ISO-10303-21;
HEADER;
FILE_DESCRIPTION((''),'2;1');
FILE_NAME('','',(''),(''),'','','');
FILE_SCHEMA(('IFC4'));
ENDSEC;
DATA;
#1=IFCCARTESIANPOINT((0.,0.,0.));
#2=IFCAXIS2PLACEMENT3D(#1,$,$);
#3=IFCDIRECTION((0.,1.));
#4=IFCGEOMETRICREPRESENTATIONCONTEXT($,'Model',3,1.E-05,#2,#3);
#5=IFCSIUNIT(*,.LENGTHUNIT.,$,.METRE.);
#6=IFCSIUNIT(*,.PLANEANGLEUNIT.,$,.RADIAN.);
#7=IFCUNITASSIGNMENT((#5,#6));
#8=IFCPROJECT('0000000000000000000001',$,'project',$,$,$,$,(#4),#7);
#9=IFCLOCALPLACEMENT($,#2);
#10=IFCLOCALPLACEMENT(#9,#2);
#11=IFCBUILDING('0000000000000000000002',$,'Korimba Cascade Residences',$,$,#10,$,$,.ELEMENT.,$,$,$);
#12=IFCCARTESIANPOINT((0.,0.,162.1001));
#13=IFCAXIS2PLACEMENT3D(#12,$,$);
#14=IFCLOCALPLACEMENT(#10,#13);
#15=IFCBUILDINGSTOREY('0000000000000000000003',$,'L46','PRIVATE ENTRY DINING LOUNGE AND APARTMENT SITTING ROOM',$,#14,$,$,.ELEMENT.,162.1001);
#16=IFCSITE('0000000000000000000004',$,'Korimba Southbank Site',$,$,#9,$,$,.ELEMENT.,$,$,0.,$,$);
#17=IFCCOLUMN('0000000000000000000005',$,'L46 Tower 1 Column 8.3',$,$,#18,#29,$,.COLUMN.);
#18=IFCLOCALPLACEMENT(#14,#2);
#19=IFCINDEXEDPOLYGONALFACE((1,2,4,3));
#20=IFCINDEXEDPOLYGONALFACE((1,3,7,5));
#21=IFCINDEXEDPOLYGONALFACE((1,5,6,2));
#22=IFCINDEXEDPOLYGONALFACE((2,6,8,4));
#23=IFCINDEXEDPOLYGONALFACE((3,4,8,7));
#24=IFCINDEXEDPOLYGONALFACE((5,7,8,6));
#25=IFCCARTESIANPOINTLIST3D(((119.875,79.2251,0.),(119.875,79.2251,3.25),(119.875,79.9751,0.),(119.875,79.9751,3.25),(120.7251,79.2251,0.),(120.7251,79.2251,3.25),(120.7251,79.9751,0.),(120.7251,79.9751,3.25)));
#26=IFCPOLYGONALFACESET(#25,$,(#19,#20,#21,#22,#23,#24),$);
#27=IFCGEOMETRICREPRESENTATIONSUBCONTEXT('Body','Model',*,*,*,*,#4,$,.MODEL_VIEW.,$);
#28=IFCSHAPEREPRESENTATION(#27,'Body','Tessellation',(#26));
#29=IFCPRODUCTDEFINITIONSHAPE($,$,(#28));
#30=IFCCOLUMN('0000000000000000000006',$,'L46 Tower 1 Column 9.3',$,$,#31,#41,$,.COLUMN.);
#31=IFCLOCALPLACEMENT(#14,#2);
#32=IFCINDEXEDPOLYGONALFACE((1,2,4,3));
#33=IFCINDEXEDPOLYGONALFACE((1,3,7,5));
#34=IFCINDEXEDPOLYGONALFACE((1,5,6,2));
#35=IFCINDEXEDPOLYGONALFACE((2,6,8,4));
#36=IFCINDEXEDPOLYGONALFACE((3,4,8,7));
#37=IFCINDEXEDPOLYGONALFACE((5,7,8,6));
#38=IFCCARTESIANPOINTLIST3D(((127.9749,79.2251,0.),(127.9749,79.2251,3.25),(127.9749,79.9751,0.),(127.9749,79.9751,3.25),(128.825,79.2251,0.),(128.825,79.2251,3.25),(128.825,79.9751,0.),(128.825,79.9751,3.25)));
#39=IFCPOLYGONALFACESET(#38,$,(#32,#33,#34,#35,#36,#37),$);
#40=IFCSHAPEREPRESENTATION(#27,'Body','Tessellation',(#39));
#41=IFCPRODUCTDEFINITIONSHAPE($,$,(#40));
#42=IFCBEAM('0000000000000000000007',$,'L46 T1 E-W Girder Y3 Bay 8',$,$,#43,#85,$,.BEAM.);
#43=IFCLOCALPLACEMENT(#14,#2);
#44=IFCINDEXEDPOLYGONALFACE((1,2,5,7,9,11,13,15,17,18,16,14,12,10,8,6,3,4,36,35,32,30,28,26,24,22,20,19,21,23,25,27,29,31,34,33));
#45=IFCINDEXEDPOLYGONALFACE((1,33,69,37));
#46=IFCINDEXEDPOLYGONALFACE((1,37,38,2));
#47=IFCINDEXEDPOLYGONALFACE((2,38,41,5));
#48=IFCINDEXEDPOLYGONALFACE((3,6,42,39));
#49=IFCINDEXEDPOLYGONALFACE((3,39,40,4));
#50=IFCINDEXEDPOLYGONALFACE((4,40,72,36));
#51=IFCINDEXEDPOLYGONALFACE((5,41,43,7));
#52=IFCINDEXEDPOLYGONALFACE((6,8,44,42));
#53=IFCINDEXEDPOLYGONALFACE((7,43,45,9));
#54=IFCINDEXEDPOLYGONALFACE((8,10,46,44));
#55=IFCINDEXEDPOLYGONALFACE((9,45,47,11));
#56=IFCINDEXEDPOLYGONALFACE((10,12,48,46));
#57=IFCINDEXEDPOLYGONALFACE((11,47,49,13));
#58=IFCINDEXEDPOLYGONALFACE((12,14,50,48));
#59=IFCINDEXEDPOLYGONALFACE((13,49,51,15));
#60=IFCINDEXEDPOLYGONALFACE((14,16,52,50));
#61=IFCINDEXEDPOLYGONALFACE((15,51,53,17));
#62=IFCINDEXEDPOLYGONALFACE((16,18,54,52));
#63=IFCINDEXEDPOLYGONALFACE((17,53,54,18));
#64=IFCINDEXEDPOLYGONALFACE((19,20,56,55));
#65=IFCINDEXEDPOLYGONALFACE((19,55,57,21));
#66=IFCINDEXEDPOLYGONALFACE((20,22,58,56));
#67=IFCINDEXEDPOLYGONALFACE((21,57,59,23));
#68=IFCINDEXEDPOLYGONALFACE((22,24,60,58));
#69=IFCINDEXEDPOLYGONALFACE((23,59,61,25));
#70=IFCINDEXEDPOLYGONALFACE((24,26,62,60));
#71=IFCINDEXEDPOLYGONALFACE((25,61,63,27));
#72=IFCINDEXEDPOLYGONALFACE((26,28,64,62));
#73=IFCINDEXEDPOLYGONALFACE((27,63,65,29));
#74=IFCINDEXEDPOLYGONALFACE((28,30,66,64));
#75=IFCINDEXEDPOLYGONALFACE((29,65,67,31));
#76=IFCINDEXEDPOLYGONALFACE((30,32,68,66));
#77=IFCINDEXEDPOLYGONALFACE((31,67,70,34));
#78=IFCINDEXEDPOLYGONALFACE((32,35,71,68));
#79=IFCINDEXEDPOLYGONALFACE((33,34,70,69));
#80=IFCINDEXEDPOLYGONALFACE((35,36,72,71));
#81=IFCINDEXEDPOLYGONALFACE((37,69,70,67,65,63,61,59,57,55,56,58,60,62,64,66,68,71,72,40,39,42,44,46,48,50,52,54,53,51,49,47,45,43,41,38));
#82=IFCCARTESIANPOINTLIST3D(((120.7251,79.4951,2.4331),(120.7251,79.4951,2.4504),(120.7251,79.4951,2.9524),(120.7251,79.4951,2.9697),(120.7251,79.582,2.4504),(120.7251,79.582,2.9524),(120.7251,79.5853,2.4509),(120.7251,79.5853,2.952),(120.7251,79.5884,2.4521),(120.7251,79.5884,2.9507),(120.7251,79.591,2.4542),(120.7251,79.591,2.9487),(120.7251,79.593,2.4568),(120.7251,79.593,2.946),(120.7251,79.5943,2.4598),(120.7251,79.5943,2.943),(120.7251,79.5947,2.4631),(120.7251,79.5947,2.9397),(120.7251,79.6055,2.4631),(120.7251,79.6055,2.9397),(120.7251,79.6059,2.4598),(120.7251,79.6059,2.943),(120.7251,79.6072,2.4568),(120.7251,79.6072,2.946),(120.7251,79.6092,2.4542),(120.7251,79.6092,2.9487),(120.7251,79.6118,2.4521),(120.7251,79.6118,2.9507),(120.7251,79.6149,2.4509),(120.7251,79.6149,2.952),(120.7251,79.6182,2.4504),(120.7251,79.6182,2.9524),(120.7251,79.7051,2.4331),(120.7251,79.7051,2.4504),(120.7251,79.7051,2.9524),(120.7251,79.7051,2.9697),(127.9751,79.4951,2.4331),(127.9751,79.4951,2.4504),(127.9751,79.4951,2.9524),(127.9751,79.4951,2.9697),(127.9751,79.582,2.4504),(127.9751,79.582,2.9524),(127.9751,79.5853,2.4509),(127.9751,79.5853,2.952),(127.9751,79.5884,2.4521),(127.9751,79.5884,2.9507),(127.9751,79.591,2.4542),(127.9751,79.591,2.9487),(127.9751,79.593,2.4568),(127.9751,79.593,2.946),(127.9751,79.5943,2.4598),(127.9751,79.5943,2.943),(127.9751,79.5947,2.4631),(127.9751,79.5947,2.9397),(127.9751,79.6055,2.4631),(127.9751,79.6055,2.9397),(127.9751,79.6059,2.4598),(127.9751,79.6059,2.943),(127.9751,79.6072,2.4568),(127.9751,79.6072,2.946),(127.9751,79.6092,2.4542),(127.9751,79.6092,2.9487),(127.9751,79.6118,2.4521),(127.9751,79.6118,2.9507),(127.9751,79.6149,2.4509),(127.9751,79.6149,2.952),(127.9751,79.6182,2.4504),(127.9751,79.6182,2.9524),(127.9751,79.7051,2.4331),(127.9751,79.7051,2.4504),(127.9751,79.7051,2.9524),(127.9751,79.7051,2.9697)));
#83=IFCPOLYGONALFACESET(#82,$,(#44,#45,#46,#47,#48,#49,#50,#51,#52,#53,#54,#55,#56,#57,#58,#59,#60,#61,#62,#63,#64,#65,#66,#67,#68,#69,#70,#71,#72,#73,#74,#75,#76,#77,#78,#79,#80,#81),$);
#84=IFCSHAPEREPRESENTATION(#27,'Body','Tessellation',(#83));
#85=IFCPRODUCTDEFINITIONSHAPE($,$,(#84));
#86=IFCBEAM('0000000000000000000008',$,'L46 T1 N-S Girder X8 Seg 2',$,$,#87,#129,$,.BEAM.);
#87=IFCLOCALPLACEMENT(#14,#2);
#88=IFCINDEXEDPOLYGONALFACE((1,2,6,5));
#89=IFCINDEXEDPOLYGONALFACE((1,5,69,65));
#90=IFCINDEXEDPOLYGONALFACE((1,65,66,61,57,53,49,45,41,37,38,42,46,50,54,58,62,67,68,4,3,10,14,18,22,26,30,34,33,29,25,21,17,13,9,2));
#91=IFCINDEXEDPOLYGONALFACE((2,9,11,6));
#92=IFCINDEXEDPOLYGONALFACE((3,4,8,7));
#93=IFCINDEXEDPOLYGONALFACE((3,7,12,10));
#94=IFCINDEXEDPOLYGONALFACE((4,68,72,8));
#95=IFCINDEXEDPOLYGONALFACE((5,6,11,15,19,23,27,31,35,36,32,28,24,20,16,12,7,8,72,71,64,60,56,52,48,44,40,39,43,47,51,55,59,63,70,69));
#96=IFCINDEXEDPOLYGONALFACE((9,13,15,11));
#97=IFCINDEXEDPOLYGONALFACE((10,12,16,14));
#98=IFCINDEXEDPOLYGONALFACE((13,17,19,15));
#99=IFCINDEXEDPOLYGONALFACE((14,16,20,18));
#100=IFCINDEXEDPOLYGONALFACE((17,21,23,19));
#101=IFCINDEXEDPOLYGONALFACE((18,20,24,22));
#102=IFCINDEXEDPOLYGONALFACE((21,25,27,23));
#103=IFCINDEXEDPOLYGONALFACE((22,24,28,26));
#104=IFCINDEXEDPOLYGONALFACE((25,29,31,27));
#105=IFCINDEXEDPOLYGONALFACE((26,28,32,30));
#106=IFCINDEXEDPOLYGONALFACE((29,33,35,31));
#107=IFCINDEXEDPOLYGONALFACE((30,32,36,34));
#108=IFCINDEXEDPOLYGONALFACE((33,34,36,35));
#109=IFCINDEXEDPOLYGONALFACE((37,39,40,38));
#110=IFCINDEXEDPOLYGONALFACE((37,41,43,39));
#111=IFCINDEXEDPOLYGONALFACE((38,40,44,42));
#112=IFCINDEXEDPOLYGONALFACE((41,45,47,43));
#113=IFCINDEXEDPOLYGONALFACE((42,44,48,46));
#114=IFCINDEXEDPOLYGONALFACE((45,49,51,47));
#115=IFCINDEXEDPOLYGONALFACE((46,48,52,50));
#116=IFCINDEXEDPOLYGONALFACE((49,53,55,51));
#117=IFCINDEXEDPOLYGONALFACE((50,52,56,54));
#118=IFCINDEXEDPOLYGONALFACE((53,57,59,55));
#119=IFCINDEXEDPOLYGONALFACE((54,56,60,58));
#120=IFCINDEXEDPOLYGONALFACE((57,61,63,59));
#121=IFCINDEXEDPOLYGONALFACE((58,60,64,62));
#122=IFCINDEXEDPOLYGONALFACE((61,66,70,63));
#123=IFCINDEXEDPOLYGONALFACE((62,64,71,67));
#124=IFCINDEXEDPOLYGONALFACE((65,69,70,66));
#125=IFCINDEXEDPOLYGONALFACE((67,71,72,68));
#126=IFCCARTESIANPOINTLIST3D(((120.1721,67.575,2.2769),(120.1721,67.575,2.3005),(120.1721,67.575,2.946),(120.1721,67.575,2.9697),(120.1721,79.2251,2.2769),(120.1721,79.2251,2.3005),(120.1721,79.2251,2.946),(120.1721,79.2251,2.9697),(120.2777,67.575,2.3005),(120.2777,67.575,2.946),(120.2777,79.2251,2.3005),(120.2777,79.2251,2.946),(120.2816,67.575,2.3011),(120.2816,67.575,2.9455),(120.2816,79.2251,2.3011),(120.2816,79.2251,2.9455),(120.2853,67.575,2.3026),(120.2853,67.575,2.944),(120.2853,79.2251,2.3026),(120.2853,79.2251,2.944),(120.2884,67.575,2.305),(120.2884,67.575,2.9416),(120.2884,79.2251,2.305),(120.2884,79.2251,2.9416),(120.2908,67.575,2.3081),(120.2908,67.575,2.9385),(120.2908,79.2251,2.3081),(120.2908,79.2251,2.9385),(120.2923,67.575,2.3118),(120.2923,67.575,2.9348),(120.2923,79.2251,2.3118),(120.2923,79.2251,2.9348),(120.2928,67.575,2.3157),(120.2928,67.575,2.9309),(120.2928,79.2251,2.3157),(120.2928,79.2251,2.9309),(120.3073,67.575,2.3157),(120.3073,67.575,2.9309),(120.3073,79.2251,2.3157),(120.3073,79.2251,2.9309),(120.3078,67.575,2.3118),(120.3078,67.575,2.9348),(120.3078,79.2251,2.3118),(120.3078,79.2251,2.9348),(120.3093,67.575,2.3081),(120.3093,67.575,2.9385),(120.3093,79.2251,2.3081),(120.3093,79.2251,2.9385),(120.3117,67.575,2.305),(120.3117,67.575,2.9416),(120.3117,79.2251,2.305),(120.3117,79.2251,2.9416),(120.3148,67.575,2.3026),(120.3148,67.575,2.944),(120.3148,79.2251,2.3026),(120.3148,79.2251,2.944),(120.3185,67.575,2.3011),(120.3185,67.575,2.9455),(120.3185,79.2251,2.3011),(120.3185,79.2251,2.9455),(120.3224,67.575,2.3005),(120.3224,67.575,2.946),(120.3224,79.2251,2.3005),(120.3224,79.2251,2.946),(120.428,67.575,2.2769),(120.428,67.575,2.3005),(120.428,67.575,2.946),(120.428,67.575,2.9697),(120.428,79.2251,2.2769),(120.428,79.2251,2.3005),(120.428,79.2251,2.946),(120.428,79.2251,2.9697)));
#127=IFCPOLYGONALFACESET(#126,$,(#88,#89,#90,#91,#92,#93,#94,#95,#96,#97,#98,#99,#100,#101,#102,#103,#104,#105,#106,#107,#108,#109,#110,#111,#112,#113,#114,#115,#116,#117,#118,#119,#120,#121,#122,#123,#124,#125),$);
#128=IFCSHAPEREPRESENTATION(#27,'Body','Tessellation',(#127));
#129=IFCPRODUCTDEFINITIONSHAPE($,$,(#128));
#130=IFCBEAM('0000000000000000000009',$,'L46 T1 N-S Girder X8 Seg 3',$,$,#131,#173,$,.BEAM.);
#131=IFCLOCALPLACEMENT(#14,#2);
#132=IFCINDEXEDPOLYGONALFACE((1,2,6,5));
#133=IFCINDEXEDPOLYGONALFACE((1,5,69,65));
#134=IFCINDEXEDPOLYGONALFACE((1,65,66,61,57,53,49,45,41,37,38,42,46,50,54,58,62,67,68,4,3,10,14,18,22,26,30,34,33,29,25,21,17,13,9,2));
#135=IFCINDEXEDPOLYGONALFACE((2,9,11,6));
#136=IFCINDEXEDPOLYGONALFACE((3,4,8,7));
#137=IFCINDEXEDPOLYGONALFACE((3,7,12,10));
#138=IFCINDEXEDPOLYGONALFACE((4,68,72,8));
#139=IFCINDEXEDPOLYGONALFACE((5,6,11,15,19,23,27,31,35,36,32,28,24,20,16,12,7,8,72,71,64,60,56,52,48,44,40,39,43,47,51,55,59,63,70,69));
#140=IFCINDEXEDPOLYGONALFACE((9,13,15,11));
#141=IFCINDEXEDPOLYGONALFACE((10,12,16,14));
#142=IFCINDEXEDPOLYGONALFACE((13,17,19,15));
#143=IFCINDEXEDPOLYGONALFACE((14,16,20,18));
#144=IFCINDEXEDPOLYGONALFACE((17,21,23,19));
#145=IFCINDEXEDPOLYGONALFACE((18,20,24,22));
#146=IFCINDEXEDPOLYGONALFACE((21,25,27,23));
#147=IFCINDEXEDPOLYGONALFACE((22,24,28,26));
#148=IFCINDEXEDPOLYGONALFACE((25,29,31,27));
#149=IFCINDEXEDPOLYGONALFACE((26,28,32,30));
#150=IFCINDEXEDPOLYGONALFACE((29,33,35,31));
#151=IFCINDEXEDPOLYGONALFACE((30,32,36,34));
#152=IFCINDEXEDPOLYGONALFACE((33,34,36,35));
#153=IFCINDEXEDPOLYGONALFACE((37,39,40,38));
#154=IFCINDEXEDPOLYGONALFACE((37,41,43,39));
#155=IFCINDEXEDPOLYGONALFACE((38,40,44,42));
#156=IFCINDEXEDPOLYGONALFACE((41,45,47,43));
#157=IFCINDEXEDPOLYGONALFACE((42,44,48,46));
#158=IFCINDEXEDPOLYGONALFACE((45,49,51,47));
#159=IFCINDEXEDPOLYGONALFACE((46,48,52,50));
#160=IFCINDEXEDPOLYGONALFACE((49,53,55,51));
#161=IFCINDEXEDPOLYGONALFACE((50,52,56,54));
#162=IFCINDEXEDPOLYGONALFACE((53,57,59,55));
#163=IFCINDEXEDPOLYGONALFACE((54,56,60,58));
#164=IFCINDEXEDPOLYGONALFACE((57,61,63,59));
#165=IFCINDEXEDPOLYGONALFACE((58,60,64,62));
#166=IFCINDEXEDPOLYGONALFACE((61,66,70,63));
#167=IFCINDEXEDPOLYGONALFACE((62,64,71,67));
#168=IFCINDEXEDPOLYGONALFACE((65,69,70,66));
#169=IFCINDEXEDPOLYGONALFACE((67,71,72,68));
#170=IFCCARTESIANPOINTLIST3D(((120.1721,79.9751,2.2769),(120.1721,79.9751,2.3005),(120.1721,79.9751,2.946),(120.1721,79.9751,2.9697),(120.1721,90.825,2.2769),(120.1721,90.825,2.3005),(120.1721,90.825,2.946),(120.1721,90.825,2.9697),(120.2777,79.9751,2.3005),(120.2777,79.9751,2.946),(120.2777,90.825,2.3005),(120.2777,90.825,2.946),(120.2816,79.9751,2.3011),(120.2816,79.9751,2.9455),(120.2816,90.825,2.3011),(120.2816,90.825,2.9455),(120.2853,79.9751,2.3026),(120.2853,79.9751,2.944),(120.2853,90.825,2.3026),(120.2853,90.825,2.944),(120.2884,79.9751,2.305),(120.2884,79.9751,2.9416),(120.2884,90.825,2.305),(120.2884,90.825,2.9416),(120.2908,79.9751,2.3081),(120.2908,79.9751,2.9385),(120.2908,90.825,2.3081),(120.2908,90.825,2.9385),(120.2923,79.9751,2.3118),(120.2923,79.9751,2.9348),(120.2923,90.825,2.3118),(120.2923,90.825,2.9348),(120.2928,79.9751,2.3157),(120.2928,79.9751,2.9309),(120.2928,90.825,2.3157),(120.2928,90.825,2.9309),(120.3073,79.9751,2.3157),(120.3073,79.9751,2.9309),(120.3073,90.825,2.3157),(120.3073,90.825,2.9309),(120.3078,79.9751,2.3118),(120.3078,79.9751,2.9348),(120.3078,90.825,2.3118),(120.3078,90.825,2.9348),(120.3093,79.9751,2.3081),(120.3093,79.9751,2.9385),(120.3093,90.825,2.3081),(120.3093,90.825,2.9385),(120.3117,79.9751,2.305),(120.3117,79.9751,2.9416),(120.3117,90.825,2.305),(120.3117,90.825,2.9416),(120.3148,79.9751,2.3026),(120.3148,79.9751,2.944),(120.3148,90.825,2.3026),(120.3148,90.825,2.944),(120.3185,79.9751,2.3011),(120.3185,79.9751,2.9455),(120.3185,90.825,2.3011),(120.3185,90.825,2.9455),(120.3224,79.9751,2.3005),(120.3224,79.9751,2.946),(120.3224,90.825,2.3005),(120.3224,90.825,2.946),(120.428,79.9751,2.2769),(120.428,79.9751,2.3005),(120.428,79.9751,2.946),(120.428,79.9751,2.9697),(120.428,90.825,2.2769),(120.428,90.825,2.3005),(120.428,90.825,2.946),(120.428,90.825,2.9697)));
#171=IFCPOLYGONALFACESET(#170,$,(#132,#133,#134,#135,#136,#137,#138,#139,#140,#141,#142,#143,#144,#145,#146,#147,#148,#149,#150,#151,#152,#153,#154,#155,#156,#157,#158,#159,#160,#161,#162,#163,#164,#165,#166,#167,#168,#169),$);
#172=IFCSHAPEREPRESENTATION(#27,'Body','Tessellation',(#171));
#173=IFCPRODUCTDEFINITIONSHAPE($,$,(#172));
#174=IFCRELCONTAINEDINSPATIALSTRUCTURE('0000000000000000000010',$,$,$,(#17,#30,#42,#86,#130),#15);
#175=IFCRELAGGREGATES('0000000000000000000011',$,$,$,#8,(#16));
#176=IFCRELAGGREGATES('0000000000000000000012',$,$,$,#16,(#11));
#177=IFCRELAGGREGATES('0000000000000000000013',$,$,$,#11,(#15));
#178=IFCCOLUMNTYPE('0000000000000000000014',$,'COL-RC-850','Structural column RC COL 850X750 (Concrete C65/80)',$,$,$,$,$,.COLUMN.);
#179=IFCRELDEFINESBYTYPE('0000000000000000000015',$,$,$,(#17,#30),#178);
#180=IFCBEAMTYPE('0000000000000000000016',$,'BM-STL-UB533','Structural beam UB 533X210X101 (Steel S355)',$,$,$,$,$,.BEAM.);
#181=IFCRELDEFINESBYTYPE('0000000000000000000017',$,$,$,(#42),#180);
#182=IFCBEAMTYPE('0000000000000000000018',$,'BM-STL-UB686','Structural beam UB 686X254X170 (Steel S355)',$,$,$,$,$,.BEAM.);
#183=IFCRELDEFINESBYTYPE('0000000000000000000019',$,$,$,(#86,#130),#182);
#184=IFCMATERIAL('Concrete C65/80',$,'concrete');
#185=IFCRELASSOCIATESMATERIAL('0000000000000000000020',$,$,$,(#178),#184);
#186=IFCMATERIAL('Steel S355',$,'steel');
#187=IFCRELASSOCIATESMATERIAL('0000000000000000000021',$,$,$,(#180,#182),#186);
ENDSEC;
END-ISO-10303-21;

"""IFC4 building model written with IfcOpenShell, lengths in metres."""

from ifc_helpers import new_model, si_unit, direction, frame, origin, origin_2d, place, context, subcontext, project, spatial, rectangle, i_section, extrude, material, material_profile, profile_set, type_object, element, save


model = new_model("IFC4")

# Units and contexts
model_context = context("Model", 3, precision=1e-05, world=origin(), true_north=direction((0.0, 1.0)))
body_context = subcontext(model_context, "Body", "Model", "MODEL_VIEW")
ifc_project = project(units=[si_unit("LENGTHUNIT", "METRE"), si_unit("PLANEANGLEUNIT", "RADIAN")], contexts=[model_context])

# Site, building, storey
site_placement = place(None, origin())
site = spatial("IfcSite", under=ifc_project, at=site_placement, Name="Korimba Southbank Site", CompositionType="ELEMENT", RefElevation=0.0)
building_placement = place(site_placement, origin())
building = spatial("IfcBuilding", under=site, at=building_placement, Name="Korimba Cascade Residences", CompositionType="ELEMENT")
storey_placement = place(building_placement, frame((0.0, 0.0, 162.1001)))
storey = spatial("IfcBuildingStorey", under=building, at=storey_placement, Name="L46", Description="PRIVATE ENTRY DINING LOUNGE AND APARTMENT SITTING ROOM", CompositionType="ELEMENT", Elevation=162.1001)

# Columns
ifc_material_1 = material(Name="Concrete C65/80", Category="concrete")
ifc_material_profile_1 = material_profile(ifc_material_1, rectangle(XDim=0.8501, YDim=0.75, at=origin_2d()), Name="Concrete C65/80")
ifc_profile_set_1 = profile_set([ifc_material_profile_1], Name="Concrete C65/80")
column_type = type_object("IfcColumnType", Name="COL-RC-850", Description="Structural column RC COL 850X750 (Concrete C65/80)", PredefinedType="COLUMN", material=ifc_profile_set_1)
for number, where, z_axis, x_axis, name in (
    (1, (120.3, 79.6001, 0.0), (0.0, 0.0, 1.0), (1.0, 0.0, 0.0), "L46 Tower 1 Column 8.3"),
    (2, (128.3999, 79.6001, 0.0), (0.0, 0.0, 1.0), (1.0, 0.0, 0.0), "L46 Tower 1 Column 9.3"),
):
    element("IfcColumn", number, at=place(storey_placement, frame(where, z_axis=z_axis, x_axis=x_axis)), inside=storey, type_object=column_type, Name=name, PredefinedType="COLUMN", context=body_context, shape_type="SweptSolid", body=[
        extrude(rectangle(XDim=0.8501, YDim=0.75, at=origin_2d()), origin(), (0.0, 0.0, 1.0), 3.25),
    ])

# Beams
ifc_material_2 = material(Name="Steel S355", Category="steel")
ifc_material_profile_2 = material_profile(ifc_material_2, i_section(OverallWidth=0.21, OverallDepth=0.5366, WebThickness=0.0107, FlangeThickness=0.0173, FilletRadius=0.0127, at=origin_2d()), Name="Steel S355")
ifc_profile_set_2 = profile_set([ifc_material_profile_2], Name="Steel S355")
beam_type_1 = type_object("IfcBeamType", Name="BM-STL-UB533", Description="Structural beam UB 533X210X101 (Steel S355)", PredefinedType="BEAM", material=ifc_profile_set_2)
beam_1_placement = place(storey_placement, frame((120.7251, 79.6001, 2.7014), z_axis=(1.0, 0.0, 0.0), x_axis=(0.0, 1.0, 0.0)))
element("IfcBeam", 3, at=beam_1_placement, inside=storey, type_object=beam_type_1, Name="L46 T1 E-W Girder Y3 Bay 8", PredefinedType="BEAM", context=body_context, shape_type="SweptSolid", body=[
    extrude(i_section(OverallWidth=0.21, OverallDepth=0.5366, WebThickness=0.0107, FlangeThickness=0.0173, FilletRadius=0.0127, at=origin_2d()), origin(), (0.0, 0.0, 1.0), 7.25),
])
ifc_material_profile_3 = material_profile(ifc_material_2, i_section(OverallWidth=0.2559, OverallDepth=0.6929, WebThickness=0.0144, FlangeThickness=0.0237, FilletRadius=0.0151, at=origin_2d()), Name="Steel S355")
ifc_profile_set_3 = profile_set([ifc_material_profile_3], Name="Steel S355")
beam_type_2 = type_object("IfcBeamType", Name="BM-STL-UB686", Description="Structural beam UB 686X254X170 (Steel S355)", PredefinedType="BEAM", material=ifc_profile_set_3)
beam_2_placement = place(storey_placement, frame((120.3, 67.575, 2.6233), z_axis=(0.0, 1.0, 0.0), x_axis=(-1.0, 0.0, 0.0)))
element("IfcBeam", 4, at=beam_2_placement, inside=storey, type_object=beam_type_2, Name="L46 T1 N-S Girder X8 Seg 2", PredefinedType="BEAM", context=body_context, shape_type="SweptSolid", body=[
    extrude(i_section(OverallWidth=0.2559, OverallDepth=0.6929, WebThickness=0.0144, FlangeThickness=0.0237, FilletRadius=0.0151, at=origin_2d()), origin(), (0.0, 0.0, 1.0), 11.6501),
])
beam_3_placement = place(storey_placement, frame((120.3, 79.9751, 2.6233), z_axis=(0.0, 1.0, 0.0), x_axis=(-1.0, 0.0, 0.0)))
element("IfcBeam", 5, at=beam_3_placement, inside=storey, type_object=beam_type_2, Name="L46 T1 N-S Girder X8 Seg 3", PredefinedType="BEAM", context=body_context, shape_type="SweptSolid", body=[
    extrude(i_section(OverallWidth=0.2559, OverallDepth=0.6929, WebThickness=0.0144, FlangeThickness=0.0237, FilletRadius=0.0151, at=origin_2d()), origin(), (0.0, 0.0, 1.0), 10.8499),
])

save(model, "model.ifc")
